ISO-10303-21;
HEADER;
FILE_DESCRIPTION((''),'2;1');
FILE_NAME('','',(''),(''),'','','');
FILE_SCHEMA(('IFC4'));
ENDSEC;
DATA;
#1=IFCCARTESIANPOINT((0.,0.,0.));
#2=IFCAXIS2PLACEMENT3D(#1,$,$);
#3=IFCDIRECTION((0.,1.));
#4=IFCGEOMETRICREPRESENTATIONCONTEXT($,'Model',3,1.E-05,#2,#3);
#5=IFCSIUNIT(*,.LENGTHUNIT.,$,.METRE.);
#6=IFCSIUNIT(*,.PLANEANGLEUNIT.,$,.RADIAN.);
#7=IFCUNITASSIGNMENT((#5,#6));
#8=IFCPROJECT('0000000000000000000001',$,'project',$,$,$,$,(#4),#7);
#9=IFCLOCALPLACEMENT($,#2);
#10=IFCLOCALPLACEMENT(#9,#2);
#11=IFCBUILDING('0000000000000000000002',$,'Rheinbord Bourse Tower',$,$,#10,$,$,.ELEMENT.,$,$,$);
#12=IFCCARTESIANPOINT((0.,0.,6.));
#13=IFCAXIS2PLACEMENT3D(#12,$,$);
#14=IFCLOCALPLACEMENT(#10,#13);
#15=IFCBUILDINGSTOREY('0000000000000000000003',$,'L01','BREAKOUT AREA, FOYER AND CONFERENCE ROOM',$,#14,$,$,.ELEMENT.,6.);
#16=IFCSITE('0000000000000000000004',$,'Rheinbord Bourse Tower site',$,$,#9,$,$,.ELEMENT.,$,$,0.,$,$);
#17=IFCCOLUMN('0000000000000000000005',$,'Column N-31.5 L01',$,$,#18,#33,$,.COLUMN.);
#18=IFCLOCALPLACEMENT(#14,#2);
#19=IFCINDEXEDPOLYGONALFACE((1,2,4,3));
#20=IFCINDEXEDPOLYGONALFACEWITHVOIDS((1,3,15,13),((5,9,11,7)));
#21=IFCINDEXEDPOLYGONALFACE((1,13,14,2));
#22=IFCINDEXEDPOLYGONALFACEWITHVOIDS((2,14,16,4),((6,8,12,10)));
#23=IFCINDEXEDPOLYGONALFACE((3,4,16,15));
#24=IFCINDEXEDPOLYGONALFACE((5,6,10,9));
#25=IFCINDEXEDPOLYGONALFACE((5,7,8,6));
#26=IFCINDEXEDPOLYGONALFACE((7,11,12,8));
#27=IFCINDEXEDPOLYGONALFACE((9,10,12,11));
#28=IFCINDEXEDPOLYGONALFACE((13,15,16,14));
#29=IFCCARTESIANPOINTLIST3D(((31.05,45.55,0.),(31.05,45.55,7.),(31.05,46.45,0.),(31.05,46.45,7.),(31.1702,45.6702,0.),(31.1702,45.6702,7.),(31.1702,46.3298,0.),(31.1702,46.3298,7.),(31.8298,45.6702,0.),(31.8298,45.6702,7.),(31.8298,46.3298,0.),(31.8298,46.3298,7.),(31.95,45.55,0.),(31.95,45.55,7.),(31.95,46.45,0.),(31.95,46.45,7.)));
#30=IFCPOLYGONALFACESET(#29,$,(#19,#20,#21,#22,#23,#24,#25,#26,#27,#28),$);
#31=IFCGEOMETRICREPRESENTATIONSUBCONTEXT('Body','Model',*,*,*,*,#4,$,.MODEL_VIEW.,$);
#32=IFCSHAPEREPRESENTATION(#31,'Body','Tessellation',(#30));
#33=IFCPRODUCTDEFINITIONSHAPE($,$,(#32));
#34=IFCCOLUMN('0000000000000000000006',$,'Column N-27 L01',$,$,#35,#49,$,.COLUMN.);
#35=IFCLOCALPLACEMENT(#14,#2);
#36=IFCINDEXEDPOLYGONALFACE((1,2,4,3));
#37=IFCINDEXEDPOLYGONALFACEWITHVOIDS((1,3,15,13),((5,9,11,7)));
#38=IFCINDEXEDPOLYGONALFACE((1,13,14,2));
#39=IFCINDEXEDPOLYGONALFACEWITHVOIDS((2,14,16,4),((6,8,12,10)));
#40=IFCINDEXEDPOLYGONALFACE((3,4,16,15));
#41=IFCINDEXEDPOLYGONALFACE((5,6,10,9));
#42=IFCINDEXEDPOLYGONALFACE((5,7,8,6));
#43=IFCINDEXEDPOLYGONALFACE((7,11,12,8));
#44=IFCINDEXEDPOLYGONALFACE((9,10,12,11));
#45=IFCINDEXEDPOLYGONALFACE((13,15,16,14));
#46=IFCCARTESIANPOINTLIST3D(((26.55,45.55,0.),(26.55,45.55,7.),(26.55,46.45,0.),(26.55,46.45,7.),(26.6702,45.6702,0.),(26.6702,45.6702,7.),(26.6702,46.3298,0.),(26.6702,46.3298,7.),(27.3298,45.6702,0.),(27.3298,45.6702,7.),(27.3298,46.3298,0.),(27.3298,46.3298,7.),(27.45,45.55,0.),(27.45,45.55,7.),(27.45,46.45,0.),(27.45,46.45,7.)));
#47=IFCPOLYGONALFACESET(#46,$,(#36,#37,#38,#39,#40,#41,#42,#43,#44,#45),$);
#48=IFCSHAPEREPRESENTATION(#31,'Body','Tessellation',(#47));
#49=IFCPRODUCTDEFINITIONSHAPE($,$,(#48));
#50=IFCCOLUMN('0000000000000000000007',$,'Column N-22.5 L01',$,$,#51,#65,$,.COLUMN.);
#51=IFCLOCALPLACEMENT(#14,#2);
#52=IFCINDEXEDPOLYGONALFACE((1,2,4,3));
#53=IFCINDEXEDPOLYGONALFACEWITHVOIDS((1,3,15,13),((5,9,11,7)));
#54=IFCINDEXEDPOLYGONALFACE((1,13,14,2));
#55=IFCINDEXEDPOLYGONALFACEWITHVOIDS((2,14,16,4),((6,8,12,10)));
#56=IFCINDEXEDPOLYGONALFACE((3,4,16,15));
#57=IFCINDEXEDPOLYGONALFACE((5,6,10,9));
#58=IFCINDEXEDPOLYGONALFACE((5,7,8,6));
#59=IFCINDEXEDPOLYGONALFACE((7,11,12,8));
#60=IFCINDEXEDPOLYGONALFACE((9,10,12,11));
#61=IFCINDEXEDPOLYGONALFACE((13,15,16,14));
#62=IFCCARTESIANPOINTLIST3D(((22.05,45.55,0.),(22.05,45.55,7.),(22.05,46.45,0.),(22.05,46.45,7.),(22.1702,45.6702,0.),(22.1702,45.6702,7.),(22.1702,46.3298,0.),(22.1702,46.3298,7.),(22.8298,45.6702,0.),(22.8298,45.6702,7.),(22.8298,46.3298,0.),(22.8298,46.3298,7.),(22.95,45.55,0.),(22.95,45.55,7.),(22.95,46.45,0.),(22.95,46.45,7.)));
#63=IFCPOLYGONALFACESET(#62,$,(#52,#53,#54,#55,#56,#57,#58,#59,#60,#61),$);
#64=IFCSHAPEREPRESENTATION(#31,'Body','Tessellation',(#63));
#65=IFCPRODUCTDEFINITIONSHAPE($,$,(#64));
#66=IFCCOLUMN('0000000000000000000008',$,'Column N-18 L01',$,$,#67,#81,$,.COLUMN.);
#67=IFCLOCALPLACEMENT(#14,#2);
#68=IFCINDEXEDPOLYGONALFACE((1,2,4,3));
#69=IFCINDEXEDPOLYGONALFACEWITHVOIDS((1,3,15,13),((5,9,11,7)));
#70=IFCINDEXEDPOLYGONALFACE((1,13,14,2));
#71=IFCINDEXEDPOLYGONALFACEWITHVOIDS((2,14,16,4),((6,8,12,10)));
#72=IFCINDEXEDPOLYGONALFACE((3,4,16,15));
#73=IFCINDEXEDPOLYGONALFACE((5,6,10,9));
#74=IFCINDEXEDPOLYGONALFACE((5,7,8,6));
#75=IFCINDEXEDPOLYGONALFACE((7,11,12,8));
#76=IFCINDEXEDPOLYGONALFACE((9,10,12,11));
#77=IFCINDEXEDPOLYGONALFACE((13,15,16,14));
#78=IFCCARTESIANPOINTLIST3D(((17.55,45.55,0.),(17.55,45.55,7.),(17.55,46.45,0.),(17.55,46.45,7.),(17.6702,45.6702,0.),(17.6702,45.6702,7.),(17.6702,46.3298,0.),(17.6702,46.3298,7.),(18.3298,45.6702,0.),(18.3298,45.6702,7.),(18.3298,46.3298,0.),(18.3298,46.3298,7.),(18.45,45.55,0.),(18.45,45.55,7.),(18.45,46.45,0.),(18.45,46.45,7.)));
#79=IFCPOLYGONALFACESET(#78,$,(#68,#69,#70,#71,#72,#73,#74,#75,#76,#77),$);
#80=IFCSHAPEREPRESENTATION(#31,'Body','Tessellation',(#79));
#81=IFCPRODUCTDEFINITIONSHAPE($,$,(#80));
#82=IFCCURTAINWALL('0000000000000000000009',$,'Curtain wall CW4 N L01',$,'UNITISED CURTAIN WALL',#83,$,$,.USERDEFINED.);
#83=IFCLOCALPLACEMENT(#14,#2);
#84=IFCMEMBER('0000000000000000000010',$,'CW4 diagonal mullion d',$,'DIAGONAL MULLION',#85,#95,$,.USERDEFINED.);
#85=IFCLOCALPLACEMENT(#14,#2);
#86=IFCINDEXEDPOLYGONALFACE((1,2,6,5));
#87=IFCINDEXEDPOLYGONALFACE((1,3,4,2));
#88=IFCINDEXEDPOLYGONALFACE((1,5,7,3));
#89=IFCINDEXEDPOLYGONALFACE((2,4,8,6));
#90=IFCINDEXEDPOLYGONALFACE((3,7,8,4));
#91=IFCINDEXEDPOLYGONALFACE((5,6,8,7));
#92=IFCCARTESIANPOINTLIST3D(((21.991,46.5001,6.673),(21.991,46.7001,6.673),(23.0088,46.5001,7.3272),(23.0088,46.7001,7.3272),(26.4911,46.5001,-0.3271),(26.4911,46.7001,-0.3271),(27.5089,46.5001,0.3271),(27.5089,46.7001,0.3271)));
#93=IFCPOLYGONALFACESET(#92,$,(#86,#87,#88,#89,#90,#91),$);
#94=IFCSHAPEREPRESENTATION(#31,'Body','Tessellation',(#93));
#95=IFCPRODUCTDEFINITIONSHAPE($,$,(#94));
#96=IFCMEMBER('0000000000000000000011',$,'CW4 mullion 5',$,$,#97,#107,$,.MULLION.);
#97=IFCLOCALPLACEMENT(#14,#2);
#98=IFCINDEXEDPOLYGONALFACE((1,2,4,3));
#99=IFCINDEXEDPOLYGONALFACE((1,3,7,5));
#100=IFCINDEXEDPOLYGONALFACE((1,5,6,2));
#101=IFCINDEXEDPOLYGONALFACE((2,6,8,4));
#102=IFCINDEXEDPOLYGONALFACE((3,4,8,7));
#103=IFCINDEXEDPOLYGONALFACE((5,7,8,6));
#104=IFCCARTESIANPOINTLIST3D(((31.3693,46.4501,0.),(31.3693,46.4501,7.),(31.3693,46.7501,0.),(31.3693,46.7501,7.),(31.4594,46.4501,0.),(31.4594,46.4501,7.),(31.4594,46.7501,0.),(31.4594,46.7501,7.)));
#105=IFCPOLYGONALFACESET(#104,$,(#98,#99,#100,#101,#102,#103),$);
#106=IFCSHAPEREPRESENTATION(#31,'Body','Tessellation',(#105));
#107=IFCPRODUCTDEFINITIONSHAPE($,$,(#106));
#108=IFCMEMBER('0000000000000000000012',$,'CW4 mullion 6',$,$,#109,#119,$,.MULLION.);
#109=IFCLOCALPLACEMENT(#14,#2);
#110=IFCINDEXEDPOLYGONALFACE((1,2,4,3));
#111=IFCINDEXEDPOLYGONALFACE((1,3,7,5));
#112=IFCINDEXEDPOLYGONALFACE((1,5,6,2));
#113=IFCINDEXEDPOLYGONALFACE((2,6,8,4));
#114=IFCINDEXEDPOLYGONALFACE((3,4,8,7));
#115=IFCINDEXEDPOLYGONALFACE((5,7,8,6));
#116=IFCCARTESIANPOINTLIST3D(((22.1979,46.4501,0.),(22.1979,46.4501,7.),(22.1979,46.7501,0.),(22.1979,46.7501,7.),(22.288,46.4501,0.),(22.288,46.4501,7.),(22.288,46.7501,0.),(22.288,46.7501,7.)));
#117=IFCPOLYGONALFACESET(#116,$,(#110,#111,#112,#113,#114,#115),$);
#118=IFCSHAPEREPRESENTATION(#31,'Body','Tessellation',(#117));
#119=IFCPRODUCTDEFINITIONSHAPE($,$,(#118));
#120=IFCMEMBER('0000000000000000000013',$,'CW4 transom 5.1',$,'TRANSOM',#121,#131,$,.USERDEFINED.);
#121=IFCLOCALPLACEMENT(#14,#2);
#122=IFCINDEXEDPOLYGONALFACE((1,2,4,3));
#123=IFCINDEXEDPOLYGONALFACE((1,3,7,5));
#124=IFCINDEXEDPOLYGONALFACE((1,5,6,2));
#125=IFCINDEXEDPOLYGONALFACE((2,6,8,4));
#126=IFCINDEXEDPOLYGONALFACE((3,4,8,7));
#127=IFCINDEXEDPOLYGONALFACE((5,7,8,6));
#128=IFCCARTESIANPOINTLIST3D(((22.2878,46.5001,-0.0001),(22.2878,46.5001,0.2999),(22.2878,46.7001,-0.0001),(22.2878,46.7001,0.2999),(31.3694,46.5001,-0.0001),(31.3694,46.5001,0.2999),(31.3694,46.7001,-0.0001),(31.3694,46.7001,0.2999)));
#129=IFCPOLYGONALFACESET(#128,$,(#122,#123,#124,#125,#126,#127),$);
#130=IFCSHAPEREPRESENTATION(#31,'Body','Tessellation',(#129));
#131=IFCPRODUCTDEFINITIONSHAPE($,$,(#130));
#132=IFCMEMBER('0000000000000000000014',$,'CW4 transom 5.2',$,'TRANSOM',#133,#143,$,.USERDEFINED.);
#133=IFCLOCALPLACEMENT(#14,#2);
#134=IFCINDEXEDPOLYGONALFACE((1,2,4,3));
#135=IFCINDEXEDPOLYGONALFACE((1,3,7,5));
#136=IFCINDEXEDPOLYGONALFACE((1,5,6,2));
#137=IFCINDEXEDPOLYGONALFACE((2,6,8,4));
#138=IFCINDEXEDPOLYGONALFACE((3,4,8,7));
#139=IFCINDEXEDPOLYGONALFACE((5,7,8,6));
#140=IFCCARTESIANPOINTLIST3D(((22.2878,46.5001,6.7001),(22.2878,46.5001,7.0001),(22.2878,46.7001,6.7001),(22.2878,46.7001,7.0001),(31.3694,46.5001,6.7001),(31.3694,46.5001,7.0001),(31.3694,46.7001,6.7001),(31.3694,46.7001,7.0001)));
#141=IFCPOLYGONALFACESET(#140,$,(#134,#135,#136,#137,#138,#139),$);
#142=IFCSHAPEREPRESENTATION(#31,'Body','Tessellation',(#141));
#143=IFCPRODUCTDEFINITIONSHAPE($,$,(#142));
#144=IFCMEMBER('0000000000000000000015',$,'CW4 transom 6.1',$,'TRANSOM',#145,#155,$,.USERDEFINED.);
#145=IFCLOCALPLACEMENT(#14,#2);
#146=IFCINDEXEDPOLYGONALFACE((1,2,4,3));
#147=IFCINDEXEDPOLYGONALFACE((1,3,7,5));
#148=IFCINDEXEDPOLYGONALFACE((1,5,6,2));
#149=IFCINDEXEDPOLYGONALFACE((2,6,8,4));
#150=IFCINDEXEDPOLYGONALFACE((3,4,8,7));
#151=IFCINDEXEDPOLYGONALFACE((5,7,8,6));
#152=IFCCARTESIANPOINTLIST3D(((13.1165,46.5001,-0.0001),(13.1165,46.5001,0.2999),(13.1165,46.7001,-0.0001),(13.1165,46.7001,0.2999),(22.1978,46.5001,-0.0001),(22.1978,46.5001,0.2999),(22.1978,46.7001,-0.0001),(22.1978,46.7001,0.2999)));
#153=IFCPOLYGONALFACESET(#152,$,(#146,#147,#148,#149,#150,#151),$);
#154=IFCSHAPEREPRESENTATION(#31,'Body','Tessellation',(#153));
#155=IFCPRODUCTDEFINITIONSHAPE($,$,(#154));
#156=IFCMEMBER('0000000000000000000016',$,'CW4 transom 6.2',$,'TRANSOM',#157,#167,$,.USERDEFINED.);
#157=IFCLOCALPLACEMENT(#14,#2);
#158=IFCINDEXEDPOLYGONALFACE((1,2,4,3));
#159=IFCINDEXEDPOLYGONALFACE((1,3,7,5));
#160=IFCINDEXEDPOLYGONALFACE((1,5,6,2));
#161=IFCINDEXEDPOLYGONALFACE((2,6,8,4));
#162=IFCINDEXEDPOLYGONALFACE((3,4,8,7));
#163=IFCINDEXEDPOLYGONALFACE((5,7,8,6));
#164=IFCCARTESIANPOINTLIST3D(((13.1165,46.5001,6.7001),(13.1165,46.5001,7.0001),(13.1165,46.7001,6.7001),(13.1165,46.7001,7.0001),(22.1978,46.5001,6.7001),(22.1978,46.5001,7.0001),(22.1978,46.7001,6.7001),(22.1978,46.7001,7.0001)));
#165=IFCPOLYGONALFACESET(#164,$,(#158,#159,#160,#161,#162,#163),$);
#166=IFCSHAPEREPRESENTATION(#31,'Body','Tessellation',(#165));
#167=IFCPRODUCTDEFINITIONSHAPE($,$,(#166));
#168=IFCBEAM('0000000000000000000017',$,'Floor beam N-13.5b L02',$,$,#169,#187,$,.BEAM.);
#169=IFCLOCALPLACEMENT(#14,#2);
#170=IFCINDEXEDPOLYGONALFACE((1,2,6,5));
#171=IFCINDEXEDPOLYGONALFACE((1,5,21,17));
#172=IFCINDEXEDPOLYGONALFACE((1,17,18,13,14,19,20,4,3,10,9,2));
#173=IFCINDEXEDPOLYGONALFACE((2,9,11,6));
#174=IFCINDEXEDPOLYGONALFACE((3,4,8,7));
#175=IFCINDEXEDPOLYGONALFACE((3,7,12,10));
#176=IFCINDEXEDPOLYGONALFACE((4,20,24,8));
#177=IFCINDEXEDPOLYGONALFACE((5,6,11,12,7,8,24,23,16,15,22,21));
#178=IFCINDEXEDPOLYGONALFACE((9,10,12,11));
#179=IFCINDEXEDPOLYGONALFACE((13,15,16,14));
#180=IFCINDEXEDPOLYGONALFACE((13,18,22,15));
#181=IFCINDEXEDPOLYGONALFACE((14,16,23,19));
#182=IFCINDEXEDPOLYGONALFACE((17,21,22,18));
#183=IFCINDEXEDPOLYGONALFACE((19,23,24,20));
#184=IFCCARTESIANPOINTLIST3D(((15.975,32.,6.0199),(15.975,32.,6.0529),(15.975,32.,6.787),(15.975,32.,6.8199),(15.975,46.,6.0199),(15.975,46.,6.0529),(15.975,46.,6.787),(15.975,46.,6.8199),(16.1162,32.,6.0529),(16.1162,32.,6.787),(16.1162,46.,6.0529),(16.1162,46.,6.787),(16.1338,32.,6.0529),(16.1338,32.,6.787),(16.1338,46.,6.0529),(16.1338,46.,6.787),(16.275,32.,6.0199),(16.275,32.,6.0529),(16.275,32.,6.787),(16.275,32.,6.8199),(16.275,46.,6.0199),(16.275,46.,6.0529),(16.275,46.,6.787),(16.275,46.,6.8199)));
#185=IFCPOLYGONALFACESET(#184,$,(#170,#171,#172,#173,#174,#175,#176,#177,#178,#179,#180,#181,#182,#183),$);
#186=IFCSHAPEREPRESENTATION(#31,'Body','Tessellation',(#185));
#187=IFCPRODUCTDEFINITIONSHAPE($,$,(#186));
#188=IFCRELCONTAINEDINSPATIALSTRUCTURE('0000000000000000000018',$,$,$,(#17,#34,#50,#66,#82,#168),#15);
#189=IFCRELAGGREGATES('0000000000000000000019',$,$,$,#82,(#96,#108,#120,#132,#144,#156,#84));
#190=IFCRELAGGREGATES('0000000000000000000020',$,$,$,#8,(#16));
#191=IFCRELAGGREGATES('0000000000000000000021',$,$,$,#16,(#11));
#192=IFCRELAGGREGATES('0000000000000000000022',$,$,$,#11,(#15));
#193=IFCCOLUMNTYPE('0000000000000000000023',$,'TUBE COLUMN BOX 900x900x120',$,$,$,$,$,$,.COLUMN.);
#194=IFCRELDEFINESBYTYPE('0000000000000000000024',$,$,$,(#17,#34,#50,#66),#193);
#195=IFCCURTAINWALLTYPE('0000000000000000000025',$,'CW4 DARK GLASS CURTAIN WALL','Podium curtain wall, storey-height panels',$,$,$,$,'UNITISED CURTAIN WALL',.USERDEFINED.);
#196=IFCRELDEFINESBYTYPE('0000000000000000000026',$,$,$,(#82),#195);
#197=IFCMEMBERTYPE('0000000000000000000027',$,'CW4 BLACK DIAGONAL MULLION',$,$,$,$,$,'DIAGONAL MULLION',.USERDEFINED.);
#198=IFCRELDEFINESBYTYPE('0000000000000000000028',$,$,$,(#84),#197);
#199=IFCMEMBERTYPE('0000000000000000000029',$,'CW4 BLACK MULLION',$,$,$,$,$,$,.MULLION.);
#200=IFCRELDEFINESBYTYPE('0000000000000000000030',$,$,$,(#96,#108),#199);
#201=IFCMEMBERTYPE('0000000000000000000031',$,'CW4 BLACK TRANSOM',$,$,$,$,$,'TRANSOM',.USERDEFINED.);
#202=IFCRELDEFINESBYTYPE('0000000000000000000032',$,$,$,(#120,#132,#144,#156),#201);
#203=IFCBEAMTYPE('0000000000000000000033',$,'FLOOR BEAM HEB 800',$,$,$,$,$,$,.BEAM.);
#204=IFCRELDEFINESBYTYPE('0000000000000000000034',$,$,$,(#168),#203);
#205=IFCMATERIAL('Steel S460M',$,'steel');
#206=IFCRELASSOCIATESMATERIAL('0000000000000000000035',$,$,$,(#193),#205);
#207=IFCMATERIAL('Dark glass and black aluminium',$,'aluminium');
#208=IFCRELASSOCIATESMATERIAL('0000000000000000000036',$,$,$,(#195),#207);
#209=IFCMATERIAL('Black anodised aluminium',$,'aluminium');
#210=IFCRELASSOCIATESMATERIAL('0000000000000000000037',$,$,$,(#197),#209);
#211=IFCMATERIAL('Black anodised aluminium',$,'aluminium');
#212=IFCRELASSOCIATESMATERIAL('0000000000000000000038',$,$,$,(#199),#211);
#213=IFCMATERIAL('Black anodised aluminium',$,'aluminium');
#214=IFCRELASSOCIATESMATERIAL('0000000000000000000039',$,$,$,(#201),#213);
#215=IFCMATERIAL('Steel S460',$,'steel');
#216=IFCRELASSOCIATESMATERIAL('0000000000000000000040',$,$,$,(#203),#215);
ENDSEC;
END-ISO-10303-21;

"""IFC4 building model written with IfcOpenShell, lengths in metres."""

from ifc_helpers import new_model, si_unit, direction, frame, origin, origin_2d, place, context, subcontext, project, spatial, rectangle, hollow_rectangle, i_section, extrude, material, material_profile, profile_set, type_object, element, aggregate, save


model = new_model("IFC4")

# Units and contexts
model_context = context("Model", 3, precision=1e-05, world=origin(), true_north=direction((0.0, 1.0)))
body_context = subcontext(model_context, "Body", "Model", "MODEL_VIEW")
ifc_project = project(units=[si_unit("LENGTHUNIT", "METRE"), si_unit("PLANEANGLEUNIT", "RADIAN")], contexts=[model_context])

# Site, building, storey
site_placement = place(None, origin())
site = spatial("IfcSite", under=ifc_project, at=site_placement, Name="Rheinbord Bourse Tower site", CompositionType="ELEMENT", RefElevation=0.0)
building_placement = place(site_placement, origin())
building = spatial("IfcBuilding", under=site, at=building_placement, Name="Rheinbord Bourse Tower", CompositionType="ELEMENT")
storey_placement = place(building_placement, frame((0.0, 0.0, 6.0)))
storey = spatial("IfcBuildingStorey", under=building, at=storey_placement, Name="L01", Description="BREAKOUT AREA, FOYER AND CONFERENCE ROOM", CompositionType="ELEMENT", Elevation=6.0)

# Columns
ifc_material_1 = material(Name="Steel S460M", Category="steel")
ifc_material_profile_1 = material_profile(ifc_material_1, hollow_rectangle(XDim=0.8999, YDim=0.8999, WallThickness=0.1201, at=origin_2d()), Name="BOX 900x900x120")
ifc_profile_set_1 = profile_set([ifc_material_profile_1], Name="Steel S460M")
column_type = type_object("IfcColumnType", Name="TUBE COLUMN BOX 900x900x120", PredefinedType="COLUMN", material=ifc_profile_set_1)
for number, where, z_axis, x_axis, name in (
    (1, (31.5, 46.0, 0.0), (0.0, 0.0, 1.0), (0.0, 1.0, 0.0), "Column N-31.5 L01"),
    (2, (27.0, 46.0, 0.0), (0.0, 0.0, 1.0), (0.0, 1.0, 0.0), "Column N-27 L01"),
    (3, (22.5, 46.0, 0.0), (0.0, 0.0, 1.0), (0.0, 1.0, 0.0), "Column N-22.5 L01"),
    (4, (18.0, 46.0, 0.0), (0.0, 0.0, 1.0), (0.0, 1.0, 0.0), "Column N-18 L01"),
):
    element("IfcColumn", number, at=place(storey_placement, frame(where, z_axis=z_axis, x_axis=x_axis)), inside=storey, type_object=column_type, Name=name, PredefinedType="COLUMN", context=body_context, shape_type="SweptSolid", body=[
        extrude(hollow_rectangle(XDim=0.8999, YDim=0.8999, WallThickness=0.1201, at=origin_2d()), origin(), (0.0, 0.0, 1.0), 7.0),
    ])

# Curtain wall, members
ifc_material_2 = material(Name="Dark glass and black aluminium", Category="aluminium")
curtain_wall_type = type_object("IfcCurtainWallType", Name="CW4 DARK GLASS CURTAIN WALL", Description="Podium curtain wall, storey-height panels", ElementType="UNITISED CURTAIN WALL", PredefinedType="USERDEFINED", material=ifc_material_2)
curtain_wall_placement = place(storey_placement, origin())
curtain_wall = element("IfcCurtainWall", 5, at=curtain_wall_placement, inside=storey, type_object=curtain_wall_type, Name="Curtain wall CW4 N L01", ObjectType="UNITISED CURTAIN WALL", PredefinedType="USERDEFINED")
ifc_material_3 = material(Name="Black anodised aluminium", Category="aluminium")
ifc_material_profile_2 = material_profile(ifc_material_3, rectangle(XDim=0.2, YDim=1.21, at=origin_2d()), Name="CW4 DIAGONAL MULLION 1210x200")
ifc_profile_set_2 = profile_set([ifc_material_profile_2], Name="Black anodised aluminium")
member_type_1 = type_object("IfcMemberType", Name="CW4 BLACK DIAGONAL MULLION", ElementType="DIAGONAL MULLION", PredefinedType="USERDEFINED", material=ifc_profile_set_2)
member_1_placement = place(storey_placement, frame((27.0, 46.6001, 0.0), z_axis=(-0.540758, 0.0, 0.841178), x_axis=(0.0, -1.0, 0.0)))
member_1 = element("IfcMember", 6, at=member_1_placement, type_object=member_type_1, Name="CW4 diagonal mullion d", ObjectType="DIAGONAL MULLION", PredefinedType="USERDEFINED", context=body_context, shape_type="SweptSolid", body=[
    extrude(rectangle(XDim=0.2, YDim=1.21, at=origin_2d()), origin(), (0.0, 0.0, 1.0), 8.3218),
])
ifc_material_4 = material(Name="Black anodised aluminium", Category="aluminium")
ifc_material_profile_3 = material_profile(ifc_material_4, rectangle(XDim=0.3, YDim=0.0901, at=origin_2d()), Name="CW4 MULLION 90x300")
ifc_profile_set_3 = profile_set([ifc_material_profile_3], Name="Black anodised aluminium")
member_type_2 = type_object("IfcMemberType", Name="CW4 BLACK MULLION", PredefinedType="MULLION", material=ifc_profile_set_3)
member_2_placement = place(storey_placement, frame((31.4143, 46.6001, 0.0), z_axis=(0.0, 0.0, 1.0), x_axis=(0.0, -1.0, 0.0)))
member_2 = element("IfcMember", 7, at=member_2_placement, type_object=member_type_2, Name="CW4 mullion 5", PredefinedType="MULLION", context=body_context, shape_type="SweptSolid", body=[
    extrude(rectangle(XDim=0.3, YDim=0.0901, at=origin_2d()), origin(), (0.0, 0.0, 1.0), 7.0),
])
member_3_placement = place(storey_placement, frame((22.2429, 46.6001, 0.0), z_axis=(0.0, 0.0, 1.0), x_axis=(0.0, -1.0, 0.0)))
member_3 = element("IfcMember", 8, at=member_3_placement, type_object=member_type_2, Name="CW4 mullion 6", PredefinedType="MULLION", context=body_context, shape_type="SweptSolid", body=[
    extrude(rectangle(XDim=0.3, YDim=0.0901, at=origin_2d()), origin(), (0.0, 0.0, 1.0), 7.0),
])
ifc_material_5 = material(Name="Black anodised aluminium", Category="aluminium")
ifc_material_profile_4 = material_profile(ifc_material_5, rectangle(XDim=0.2, YDim=0.3, at=origin_2d()), Name="CW4 TRANSOM 300x200")
ifc_profile_set_4 = profile_set([ifc_material_profile_4], Name="Black anodised aluminium")
member_type_3 = type_object("IfcMemberType", Name="CW4 BLACK TRANSOM", ElementType="TRANSOM", PredefinedType="USERDEFINED", material=ifc_profile_set_4)
member_4_placement = place(storey_placement, frame((31.3694, 46.6001, 0.1499), z_axis=(-1.0, 0.0, 0.0), x_axis=(0.0, -1.0, 0.0)))
member_4 = element("IfcMember", 9, at=member_4_placement, type_object=member_type_3, Name="CW4 transom 5.1", ObjectType="TRANSOM", PredefinedType="USERDEFINED", context=body_context, shape_type="SweptSolid", body=[
    extrude(rectangle(XDim=0.2, YDim=0.3, at=origin_2d()), origin(), (0.0, 0.0, 1.0), 9.0815),
])
member_5_placement = place(storey_placement, frame((31.3694, 46.6001, 6.8501), z_axis=(-1.0, 0.0, 0.0), x_axis=(0.0, -1.0, 0.0)))
member_5 = element("IfcMember", 10, at=member_5_placement, type_object=member_type_3, Name="CW4 transom 5.2", ObjectType="TRANSOM", PredefinedType="USERDEFINED", context=body_context, shape_type="SweptSolid", body=[
    extrude(rectangle(XDim=0.2, YDim=0.3, at=origin_2d()), origin(), (0.0, 0.0, 1.0), 9.0815),
])
member_6_placement = place(storey_placement, frame((22.1978, 46.6001, 0.1499), z_axis=(-1.0, 0.0, 0.0), x_axis=(0.0, -1.0, 0.0)))
member_6 = element("IfcMember", 11, at=member_6_placement, type_object=member_type_3, Name="CW4 transom 6.1", ObjectType="TRANSOM", PredefinedType="USERDEFINED", context=body_context, shape_type="SweptSolid", body=[
    extrude(rectangle(XDim=0.2, YDim=0.3, at=origin_2d()), origin(), (0.0, 0.0, 1.0), 9.0813),
])
member_7_placement = place(storey_placement, frame((22.1978, 46.6001, 6.8501), z_axis=(-1.0, 0.0, 0.0), x_axis=(0.0, -1.0, 0.0)))
member_7 = element("IfcMember", 12, at=member_7_placement, type_object=member_type_3, Name="CW4 transom 6.2", ObjectType="TRANSOM", PredefinedType="USERDEFINED", context=body_context, shape_type="SweptSolid", body=[
    extrude(rectangle(XDim=0.2, YDim=0.3, at=origin_2d()), origin(), (0.0, 0.0, 1.0), 9.0813),
])

# Beam
ifc_material_6 = material(Name="Steel S460", Category="steel")
ifc_material_profile_5 = material_profile(ifc_material_6, i_section(OverallWidth=0.3, OverallDepth=0.8, WebThickness=0.0176, FlangeThickness=0.033, at=origin_2d()), Name="HEB 800")
ifc_profile_set_5 = profile_set([ifc_material_profile_5], Name="Steel S460")
beam_type_1 = type_object("IfcBeamType", Name="FLOOR BEAM HEB 800", PredefinedType="BEAM", material=ifc_profile_set_5)
beam_placement = place(storey_placement, frame((16.125, 46.0, 6.4199), z_axis=(0.0, -1.0, 0.0), x_axis=(1.0, 0.0, 0.0)))
element("IfcBeam", 13, at=beam_placement, inside=storey, type_object=beam_type_1, Name="Floor beam N-13.5b L02", PredefinedType="BEAM", context=body_context, shape_type="SweptSolid", body=[
    extrude(i_section(OverallWidth=0.3, OverallDepth=0.8, WebThickness=0.0176, FlangeThickness=0.033, at=origin_2d()), origin(), (0.0, 0.0, 1.0), 14.0),
])

aggregate(curtain_wall, [member_2, member_3, member_4, member_5, member_6, member_7, member_1])

save(model, "model.ifc")
